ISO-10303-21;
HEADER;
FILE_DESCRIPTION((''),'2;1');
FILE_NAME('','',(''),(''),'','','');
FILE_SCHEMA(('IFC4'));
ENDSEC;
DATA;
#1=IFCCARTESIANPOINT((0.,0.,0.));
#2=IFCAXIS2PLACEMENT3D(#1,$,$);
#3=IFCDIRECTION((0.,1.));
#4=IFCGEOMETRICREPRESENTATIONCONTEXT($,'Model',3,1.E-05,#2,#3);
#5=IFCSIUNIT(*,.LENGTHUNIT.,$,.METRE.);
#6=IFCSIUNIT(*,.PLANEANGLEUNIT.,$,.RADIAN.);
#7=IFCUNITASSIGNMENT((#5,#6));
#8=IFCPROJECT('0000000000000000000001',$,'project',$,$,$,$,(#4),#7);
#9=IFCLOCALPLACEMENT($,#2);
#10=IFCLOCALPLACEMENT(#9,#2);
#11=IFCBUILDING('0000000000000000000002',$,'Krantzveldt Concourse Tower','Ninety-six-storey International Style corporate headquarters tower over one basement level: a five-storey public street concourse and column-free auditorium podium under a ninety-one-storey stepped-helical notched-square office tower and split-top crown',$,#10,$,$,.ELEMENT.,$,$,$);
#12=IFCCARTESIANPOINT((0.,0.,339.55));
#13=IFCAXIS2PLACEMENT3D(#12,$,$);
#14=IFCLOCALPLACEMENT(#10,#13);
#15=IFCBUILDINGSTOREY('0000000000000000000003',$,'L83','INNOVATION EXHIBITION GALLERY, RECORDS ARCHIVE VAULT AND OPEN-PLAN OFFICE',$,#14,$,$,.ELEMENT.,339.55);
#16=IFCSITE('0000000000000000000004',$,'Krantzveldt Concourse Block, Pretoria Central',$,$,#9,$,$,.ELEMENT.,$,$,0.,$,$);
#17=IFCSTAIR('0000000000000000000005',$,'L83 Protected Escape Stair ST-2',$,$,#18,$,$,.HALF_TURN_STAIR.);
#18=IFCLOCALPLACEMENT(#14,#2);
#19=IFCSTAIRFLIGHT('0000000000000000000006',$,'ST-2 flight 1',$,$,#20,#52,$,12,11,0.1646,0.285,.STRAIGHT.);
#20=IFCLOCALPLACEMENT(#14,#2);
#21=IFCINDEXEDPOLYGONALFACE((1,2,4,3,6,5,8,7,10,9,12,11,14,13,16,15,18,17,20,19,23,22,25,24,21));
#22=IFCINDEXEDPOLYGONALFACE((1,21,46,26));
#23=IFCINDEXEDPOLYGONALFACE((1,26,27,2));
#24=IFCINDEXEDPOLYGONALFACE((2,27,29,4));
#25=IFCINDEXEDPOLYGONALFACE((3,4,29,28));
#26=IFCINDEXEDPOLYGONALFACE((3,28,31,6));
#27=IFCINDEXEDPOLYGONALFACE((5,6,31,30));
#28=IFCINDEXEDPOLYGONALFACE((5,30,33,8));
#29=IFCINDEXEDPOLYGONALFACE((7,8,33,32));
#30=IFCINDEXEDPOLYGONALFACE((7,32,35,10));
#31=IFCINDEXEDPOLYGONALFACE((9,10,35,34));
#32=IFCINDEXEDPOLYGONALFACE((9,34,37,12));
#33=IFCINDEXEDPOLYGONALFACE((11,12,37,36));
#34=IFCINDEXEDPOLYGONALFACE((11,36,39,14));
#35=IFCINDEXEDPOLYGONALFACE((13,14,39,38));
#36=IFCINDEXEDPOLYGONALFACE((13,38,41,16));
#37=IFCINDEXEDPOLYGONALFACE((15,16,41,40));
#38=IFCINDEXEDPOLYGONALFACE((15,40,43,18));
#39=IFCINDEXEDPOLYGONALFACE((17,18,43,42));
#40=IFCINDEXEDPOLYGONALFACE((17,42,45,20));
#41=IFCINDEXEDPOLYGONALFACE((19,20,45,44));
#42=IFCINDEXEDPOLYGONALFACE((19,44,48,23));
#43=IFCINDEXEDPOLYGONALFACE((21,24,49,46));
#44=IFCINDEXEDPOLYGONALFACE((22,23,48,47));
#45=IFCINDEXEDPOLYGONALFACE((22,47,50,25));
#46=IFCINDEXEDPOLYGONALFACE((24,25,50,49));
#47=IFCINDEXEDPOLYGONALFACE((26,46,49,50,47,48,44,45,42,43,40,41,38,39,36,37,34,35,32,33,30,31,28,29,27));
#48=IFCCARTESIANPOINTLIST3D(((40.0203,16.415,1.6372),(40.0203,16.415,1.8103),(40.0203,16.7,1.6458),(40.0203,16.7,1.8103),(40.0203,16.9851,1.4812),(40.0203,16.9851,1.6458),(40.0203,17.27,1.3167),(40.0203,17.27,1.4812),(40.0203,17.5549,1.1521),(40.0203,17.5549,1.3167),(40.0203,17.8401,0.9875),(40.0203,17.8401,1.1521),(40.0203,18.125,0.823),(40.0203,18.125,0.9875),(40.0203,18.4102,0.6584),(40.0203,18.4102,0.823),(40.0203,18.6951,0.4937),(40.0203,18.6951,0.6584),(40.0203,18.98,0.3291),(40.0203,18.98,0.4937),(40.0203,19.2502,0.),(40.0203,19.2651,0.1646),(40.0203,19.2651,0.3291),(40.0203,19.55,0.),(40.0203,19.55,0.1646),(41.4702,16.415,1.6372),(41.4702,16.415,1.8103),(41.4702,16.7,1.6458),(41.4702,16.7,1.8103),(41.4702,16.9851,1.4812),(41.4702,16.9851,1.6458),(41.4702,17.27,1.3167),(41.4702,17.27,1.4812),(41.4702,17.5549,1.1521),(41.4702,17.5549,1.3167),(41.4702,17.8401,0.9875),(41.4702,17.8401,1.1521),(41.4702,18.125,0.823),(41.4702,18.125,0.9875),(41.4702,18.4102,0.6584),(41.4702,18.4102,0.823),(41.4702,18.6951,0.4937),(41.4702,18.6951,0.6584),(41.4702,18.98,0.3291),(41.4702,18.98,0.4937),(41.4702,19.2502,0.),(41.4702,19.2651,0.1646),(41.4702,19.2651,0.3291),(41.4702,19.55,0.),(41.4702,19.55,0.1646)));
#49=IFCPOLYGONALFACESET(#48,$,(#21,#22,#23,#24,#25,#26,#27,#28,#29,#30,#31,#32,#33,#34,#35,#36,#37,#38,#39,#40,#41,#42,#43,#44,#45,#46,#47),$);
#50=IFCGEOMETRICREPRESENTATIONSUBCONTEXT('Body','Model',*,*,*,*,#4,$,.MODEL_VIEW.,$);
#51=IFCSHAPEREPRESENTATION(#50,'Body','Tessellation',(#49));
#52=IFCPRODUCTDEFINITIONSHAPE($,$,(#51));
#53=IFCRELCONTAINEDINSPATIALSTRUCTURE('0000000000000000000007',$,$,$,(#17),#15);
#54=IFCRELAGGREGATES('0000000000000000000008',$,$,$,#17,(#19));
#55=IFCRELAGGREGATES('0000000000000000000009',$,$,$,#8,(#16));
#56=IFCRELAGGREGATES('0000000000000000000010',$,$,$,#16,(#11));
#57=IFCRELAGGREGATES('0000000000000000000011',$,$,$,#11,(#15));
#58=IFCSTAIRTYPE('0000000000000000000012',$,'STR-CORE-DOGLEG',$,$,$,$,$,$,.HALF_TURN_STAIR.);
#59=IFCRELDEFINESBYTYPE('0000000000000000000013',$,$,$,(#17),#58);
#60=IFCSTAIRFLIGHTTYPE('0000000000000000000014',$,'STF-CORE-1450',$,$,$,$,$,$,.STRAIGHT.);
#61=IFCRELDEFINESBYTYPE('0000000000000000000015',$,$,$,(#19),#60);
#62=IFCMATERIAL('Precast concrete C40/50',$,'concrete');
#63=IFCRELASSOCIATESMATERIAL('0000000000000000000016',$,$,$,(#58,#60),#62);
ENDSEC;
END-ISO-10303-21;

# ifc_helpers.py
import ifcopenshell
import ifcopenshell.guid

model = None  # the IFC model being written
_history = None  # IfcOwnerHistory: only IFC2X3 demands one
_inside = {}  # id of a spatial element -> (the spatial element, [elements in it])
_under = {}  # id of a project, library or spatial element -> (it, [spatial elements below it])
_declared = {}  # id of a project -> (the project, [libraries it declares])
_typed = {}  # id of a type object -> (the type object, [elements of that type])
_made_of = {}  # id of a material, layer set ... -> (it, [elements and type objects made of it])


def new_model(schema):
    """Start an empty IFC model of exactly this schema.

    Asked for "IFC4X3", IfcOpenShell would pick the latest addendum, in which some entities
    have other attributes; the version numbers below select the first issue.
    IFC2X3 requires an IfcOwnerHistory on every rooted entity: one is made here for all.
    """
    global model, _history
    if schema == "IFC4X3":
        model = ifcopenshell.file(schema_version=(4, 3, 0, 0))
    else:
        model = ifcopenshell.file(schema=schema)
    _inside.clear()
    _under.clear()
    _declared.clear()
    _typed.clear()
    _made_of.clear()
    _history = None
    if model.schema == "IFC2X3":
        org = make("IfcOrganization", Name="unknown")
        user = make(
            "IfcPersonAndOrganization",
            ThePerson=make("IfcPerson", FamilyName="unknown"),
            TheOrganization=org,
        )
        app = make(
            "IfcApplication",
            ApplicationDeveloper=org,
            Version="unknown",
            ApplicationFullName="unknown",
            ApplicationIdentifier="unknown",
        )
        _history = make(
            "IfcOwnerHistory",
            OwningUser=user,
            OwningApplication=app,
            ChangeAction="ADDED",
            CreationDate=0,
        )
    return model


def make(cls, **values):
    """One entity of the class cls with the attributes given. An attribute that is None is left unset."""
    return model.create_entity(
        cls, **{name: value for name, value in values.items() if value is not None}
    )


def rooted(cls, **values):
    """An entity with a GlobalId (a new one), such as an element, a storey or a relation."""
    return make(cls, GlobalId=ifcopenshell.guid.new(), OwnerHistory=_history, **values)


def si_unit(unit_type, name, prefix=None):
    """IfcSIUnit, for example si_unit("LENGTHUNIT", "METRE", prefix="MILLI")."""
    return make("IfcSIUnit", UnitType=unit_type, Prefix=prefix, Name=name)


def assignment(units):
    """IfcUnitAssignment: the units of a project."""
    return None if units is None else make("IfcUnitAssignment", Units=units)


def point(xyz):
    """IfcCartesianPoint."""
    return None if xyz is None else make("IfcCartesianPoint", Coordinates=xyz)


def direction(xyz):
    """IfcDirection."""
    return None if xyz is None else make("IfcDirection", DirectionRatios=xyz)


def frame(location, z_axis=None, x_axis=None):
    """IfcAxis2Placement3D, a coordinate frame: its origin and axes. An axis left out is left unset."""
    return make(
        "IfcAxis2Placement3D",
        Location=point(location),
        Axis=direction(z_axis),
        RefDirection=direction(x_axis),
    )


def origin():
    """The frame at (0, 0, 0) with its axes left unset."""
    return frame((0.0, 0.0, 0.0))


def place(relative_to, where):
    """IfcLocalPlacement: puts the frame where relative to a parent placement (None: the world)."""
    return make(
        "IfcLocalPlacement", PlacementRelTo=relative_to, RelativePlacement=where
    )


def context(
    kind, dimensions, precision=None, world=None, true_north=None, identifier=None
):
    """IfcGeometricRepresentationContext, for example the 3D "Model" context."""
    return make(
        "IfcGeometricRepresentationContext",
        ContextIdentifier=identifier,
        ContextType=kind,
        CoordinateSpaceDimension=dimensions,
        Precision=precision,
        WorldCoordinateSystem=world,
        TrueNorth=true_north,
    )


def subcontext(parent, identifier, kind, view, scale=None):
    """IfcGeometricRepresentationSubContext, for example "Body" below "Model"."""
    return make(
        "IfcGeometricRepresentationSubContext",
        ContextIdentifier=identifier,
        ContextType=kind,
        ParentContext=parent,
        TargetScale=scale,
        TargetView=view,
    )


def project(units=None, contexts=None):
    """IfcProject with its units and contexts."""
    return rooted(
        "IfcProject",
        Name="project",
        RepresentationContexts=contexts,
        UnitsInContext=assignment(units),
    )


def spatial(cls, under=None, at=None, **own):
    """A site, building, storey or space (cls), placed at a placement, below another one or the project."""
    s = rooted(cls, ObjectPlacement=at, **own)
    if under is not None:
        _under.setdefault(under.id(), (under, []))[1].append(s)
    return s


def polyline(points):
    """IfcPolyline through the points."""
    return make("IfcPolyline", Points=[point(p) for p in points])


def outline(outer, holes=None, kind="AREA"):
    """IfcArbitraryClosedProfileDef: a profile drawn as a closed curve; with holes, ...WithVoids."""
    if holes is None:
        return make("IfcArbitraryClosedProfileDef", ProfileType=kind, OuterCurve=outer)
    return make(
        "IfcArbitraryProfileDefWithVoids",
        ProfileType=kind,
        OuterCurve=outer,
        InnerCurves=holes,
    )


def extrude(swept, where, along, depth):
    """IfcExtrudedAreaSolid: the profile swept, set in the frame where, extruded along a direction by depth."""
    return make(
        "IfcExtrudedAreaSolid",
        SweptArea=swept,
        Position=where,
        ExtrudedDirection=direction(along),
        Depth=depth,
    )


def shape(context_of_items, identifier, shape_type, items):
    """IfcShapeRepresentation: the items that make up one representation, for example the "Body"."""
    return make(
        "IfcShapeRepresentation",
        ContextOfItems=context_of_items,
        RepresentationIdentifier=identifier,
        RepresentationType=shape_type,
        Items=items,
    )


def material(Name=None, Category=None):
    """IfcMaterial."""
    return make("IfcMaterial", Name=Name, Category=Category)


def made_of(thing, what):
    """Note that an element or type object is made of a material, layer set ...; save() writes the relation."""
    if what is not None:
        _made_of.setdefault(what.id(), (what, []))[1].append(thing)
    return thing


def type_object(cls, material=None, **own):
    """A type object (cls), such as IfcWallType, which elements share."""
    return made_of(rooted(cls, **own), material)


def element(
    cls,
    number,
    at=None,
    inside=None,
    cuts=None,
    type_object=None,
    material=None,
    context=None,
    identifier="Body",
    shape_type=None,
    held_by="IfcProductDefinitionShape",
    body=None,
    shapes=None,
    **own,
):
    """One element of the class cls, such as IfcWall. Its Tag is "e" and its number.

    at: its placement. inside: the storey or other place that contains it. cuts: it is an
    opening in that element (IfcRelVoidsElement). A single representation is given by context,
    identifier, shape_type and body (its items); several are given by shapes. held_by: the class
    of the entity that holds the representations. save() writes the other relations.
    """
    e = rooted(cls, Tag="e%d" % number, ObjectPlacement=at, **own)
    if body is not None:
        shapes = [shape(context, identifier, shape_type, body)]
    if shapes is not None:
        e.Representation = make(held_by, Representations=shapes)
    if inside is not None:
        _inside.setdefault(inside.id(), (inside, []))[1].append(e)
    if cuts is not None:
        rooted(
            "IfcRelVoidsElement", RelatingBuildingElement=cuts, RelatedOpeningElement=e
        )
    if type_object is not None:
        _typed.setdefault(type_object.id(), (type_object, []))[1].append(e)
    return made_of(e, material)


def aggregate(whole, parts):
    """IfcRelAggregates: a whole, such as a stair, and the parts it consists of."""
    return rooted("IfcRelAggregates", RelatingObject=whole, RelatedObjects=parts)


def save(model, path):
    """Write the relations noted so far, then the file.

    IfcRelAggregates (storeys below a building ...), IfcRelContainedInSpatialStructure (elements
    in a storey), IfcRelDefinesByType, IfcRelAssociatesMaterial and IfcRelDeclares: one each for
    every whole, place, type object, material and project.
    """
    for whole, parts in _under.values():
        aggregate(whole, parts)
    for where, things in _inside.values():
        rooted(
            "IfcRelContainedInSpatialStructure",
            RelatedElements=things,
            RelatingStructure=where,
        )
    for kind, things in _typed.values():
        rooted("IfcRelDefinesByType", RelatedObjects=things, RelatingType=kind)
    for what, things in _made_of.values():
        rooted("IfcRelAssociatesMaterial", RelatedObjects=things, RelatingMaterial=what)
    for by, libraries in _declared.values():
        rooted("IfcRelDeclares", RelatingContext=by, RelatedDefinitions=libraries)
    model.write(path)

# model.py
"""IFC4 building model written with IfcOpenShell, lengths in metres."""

from ifc_helpers import new_model, si_unit, direction, frame, origin, place, context, subcontext, project, spatial, polyline, outline, extrude, material, type_object, element, aggregate, save


model = new_model("IFC4")

# Units and contexts
model_context = context("Model", 3, precision=1e-05, world=origin(), true_north=direction((0.0, 1.0)))
body_context = subcontext(model_context, "Body", "Model", "MODEL_VIEW")
ifc_project = project(units=[si_unit("LENGTHUNIT", "METRE"), si_unit("PLANEANGLEUNIT", "RADIAN")], contexts=[model_context])

# Site, building, storey
site_placement = place(None, origin())
site = spatial("IfcSite", under=ifc_project, at=site_placement, Name="Krantzveldt Concourse Block, Pretoria Central", CompositionType="ELEMENT", RefElevation=0.0)
building_placement = place(site_placement, origin())
building = spatial("IfcBuilding", under=site, at=building_placement, Name="Krantzveldt Concourse Tower", Description="Ninety-six-storey International Style corporate headquarters tower over one basement level: a five-storey public street concourse and column-free auditorium podium under a ninety-one-storey stepped-helical notched-square office tower and split-top crown", CompositionType="ELEMENT")
storey_placement = place(building_placement, frame((0.0, 0.0, 339.55)))
storey = spatial("IfcBuildingStorey", under=building, at=storey_placement, Name="L83", Description="INNOVATION EXHIBITION GALLERY, RECORDS ARCHIVE VAULT AND OPEN-PLAN OFFICE", CompositionType="ELEMENT", Elevation=339.55)

# Stair, stair flight
ifc_material_1 = material(Name="Precast concrete C40/50", Category="concrete")
stair_type = type_object("IfcStairType", Name="STR-CORE-DOGLEG", PredefinedType="HALF_TURN_STAIR", material=ifc_material_1)
stair_placement = place(storey_placement, origin())
stair = element("IfcStair", 1, at=stair_placement, inside=storey, type_object=stair_type, Name="L83 Protected Escape Stair ST-2", PredefinedType="HALF_TURN_STAIR")
stair_flight_type = type_object("IfcStairFlightType", Name="STF-CORE-1450", PredefinedType="STRAIGHT", material=ifc_material_1)
stair_flight_placement = place(storey_placement, frame((40.7451, 19.55, 0.0), z_axis=(0.0, 0.0, 1.0), x_axis=(0.0, -1.0, 0.0)))
stair_flight = element("IfcStairFlight", 2, at=stair_flight_placement, type_object=stair_flight_type, Name="ST-2 flight 1", NumberOfRisers=12, NumberOfTreads=11, PredefinedType="STRAIGHT", RiserHeight=0.1646, TreadLength=0.285, context=body_context, shape_type="SweptSolid", body=[
    extrude(outline(polyline([(0.0, 0.0), (0.0, 0.1646), (0.2849, 0.1646), (0.2849, 0.3291), (0.5701, 0.3291), (0.5701, 0.4937), (0.855, 0.4937), (0.855, 0.6584), (1.1399, 0.6584), (1.1399, 0.823), (1.425, 0.823), (1.425, 0.9875), (1.71, 0.9875), (1.71, 1.1521), (1.9951, 1.1521), (1.9951, 1.3167), (2.28, 1.3167), (2.28, 1.4812), (2.5649, 1.4812), (2.5649, 1.6458), (2.8501, 1.6458), (2.8501, 1.8103), (3.135, 1.8103), (3.135, 1.9751), (3.135, 1.6372), (0.2998, 0.0), (0.0, 0.0)])), frame((0.0, 0.7251, 0.0), z_axis=(0.0, -1.0, 0.0), x_axis=(1.0, 0.0, 0.0)), (0.0, 0.0, 1.0), 1.45),
])
aggregate(stair, [stair_flight])

save(model, "model.ifc")
